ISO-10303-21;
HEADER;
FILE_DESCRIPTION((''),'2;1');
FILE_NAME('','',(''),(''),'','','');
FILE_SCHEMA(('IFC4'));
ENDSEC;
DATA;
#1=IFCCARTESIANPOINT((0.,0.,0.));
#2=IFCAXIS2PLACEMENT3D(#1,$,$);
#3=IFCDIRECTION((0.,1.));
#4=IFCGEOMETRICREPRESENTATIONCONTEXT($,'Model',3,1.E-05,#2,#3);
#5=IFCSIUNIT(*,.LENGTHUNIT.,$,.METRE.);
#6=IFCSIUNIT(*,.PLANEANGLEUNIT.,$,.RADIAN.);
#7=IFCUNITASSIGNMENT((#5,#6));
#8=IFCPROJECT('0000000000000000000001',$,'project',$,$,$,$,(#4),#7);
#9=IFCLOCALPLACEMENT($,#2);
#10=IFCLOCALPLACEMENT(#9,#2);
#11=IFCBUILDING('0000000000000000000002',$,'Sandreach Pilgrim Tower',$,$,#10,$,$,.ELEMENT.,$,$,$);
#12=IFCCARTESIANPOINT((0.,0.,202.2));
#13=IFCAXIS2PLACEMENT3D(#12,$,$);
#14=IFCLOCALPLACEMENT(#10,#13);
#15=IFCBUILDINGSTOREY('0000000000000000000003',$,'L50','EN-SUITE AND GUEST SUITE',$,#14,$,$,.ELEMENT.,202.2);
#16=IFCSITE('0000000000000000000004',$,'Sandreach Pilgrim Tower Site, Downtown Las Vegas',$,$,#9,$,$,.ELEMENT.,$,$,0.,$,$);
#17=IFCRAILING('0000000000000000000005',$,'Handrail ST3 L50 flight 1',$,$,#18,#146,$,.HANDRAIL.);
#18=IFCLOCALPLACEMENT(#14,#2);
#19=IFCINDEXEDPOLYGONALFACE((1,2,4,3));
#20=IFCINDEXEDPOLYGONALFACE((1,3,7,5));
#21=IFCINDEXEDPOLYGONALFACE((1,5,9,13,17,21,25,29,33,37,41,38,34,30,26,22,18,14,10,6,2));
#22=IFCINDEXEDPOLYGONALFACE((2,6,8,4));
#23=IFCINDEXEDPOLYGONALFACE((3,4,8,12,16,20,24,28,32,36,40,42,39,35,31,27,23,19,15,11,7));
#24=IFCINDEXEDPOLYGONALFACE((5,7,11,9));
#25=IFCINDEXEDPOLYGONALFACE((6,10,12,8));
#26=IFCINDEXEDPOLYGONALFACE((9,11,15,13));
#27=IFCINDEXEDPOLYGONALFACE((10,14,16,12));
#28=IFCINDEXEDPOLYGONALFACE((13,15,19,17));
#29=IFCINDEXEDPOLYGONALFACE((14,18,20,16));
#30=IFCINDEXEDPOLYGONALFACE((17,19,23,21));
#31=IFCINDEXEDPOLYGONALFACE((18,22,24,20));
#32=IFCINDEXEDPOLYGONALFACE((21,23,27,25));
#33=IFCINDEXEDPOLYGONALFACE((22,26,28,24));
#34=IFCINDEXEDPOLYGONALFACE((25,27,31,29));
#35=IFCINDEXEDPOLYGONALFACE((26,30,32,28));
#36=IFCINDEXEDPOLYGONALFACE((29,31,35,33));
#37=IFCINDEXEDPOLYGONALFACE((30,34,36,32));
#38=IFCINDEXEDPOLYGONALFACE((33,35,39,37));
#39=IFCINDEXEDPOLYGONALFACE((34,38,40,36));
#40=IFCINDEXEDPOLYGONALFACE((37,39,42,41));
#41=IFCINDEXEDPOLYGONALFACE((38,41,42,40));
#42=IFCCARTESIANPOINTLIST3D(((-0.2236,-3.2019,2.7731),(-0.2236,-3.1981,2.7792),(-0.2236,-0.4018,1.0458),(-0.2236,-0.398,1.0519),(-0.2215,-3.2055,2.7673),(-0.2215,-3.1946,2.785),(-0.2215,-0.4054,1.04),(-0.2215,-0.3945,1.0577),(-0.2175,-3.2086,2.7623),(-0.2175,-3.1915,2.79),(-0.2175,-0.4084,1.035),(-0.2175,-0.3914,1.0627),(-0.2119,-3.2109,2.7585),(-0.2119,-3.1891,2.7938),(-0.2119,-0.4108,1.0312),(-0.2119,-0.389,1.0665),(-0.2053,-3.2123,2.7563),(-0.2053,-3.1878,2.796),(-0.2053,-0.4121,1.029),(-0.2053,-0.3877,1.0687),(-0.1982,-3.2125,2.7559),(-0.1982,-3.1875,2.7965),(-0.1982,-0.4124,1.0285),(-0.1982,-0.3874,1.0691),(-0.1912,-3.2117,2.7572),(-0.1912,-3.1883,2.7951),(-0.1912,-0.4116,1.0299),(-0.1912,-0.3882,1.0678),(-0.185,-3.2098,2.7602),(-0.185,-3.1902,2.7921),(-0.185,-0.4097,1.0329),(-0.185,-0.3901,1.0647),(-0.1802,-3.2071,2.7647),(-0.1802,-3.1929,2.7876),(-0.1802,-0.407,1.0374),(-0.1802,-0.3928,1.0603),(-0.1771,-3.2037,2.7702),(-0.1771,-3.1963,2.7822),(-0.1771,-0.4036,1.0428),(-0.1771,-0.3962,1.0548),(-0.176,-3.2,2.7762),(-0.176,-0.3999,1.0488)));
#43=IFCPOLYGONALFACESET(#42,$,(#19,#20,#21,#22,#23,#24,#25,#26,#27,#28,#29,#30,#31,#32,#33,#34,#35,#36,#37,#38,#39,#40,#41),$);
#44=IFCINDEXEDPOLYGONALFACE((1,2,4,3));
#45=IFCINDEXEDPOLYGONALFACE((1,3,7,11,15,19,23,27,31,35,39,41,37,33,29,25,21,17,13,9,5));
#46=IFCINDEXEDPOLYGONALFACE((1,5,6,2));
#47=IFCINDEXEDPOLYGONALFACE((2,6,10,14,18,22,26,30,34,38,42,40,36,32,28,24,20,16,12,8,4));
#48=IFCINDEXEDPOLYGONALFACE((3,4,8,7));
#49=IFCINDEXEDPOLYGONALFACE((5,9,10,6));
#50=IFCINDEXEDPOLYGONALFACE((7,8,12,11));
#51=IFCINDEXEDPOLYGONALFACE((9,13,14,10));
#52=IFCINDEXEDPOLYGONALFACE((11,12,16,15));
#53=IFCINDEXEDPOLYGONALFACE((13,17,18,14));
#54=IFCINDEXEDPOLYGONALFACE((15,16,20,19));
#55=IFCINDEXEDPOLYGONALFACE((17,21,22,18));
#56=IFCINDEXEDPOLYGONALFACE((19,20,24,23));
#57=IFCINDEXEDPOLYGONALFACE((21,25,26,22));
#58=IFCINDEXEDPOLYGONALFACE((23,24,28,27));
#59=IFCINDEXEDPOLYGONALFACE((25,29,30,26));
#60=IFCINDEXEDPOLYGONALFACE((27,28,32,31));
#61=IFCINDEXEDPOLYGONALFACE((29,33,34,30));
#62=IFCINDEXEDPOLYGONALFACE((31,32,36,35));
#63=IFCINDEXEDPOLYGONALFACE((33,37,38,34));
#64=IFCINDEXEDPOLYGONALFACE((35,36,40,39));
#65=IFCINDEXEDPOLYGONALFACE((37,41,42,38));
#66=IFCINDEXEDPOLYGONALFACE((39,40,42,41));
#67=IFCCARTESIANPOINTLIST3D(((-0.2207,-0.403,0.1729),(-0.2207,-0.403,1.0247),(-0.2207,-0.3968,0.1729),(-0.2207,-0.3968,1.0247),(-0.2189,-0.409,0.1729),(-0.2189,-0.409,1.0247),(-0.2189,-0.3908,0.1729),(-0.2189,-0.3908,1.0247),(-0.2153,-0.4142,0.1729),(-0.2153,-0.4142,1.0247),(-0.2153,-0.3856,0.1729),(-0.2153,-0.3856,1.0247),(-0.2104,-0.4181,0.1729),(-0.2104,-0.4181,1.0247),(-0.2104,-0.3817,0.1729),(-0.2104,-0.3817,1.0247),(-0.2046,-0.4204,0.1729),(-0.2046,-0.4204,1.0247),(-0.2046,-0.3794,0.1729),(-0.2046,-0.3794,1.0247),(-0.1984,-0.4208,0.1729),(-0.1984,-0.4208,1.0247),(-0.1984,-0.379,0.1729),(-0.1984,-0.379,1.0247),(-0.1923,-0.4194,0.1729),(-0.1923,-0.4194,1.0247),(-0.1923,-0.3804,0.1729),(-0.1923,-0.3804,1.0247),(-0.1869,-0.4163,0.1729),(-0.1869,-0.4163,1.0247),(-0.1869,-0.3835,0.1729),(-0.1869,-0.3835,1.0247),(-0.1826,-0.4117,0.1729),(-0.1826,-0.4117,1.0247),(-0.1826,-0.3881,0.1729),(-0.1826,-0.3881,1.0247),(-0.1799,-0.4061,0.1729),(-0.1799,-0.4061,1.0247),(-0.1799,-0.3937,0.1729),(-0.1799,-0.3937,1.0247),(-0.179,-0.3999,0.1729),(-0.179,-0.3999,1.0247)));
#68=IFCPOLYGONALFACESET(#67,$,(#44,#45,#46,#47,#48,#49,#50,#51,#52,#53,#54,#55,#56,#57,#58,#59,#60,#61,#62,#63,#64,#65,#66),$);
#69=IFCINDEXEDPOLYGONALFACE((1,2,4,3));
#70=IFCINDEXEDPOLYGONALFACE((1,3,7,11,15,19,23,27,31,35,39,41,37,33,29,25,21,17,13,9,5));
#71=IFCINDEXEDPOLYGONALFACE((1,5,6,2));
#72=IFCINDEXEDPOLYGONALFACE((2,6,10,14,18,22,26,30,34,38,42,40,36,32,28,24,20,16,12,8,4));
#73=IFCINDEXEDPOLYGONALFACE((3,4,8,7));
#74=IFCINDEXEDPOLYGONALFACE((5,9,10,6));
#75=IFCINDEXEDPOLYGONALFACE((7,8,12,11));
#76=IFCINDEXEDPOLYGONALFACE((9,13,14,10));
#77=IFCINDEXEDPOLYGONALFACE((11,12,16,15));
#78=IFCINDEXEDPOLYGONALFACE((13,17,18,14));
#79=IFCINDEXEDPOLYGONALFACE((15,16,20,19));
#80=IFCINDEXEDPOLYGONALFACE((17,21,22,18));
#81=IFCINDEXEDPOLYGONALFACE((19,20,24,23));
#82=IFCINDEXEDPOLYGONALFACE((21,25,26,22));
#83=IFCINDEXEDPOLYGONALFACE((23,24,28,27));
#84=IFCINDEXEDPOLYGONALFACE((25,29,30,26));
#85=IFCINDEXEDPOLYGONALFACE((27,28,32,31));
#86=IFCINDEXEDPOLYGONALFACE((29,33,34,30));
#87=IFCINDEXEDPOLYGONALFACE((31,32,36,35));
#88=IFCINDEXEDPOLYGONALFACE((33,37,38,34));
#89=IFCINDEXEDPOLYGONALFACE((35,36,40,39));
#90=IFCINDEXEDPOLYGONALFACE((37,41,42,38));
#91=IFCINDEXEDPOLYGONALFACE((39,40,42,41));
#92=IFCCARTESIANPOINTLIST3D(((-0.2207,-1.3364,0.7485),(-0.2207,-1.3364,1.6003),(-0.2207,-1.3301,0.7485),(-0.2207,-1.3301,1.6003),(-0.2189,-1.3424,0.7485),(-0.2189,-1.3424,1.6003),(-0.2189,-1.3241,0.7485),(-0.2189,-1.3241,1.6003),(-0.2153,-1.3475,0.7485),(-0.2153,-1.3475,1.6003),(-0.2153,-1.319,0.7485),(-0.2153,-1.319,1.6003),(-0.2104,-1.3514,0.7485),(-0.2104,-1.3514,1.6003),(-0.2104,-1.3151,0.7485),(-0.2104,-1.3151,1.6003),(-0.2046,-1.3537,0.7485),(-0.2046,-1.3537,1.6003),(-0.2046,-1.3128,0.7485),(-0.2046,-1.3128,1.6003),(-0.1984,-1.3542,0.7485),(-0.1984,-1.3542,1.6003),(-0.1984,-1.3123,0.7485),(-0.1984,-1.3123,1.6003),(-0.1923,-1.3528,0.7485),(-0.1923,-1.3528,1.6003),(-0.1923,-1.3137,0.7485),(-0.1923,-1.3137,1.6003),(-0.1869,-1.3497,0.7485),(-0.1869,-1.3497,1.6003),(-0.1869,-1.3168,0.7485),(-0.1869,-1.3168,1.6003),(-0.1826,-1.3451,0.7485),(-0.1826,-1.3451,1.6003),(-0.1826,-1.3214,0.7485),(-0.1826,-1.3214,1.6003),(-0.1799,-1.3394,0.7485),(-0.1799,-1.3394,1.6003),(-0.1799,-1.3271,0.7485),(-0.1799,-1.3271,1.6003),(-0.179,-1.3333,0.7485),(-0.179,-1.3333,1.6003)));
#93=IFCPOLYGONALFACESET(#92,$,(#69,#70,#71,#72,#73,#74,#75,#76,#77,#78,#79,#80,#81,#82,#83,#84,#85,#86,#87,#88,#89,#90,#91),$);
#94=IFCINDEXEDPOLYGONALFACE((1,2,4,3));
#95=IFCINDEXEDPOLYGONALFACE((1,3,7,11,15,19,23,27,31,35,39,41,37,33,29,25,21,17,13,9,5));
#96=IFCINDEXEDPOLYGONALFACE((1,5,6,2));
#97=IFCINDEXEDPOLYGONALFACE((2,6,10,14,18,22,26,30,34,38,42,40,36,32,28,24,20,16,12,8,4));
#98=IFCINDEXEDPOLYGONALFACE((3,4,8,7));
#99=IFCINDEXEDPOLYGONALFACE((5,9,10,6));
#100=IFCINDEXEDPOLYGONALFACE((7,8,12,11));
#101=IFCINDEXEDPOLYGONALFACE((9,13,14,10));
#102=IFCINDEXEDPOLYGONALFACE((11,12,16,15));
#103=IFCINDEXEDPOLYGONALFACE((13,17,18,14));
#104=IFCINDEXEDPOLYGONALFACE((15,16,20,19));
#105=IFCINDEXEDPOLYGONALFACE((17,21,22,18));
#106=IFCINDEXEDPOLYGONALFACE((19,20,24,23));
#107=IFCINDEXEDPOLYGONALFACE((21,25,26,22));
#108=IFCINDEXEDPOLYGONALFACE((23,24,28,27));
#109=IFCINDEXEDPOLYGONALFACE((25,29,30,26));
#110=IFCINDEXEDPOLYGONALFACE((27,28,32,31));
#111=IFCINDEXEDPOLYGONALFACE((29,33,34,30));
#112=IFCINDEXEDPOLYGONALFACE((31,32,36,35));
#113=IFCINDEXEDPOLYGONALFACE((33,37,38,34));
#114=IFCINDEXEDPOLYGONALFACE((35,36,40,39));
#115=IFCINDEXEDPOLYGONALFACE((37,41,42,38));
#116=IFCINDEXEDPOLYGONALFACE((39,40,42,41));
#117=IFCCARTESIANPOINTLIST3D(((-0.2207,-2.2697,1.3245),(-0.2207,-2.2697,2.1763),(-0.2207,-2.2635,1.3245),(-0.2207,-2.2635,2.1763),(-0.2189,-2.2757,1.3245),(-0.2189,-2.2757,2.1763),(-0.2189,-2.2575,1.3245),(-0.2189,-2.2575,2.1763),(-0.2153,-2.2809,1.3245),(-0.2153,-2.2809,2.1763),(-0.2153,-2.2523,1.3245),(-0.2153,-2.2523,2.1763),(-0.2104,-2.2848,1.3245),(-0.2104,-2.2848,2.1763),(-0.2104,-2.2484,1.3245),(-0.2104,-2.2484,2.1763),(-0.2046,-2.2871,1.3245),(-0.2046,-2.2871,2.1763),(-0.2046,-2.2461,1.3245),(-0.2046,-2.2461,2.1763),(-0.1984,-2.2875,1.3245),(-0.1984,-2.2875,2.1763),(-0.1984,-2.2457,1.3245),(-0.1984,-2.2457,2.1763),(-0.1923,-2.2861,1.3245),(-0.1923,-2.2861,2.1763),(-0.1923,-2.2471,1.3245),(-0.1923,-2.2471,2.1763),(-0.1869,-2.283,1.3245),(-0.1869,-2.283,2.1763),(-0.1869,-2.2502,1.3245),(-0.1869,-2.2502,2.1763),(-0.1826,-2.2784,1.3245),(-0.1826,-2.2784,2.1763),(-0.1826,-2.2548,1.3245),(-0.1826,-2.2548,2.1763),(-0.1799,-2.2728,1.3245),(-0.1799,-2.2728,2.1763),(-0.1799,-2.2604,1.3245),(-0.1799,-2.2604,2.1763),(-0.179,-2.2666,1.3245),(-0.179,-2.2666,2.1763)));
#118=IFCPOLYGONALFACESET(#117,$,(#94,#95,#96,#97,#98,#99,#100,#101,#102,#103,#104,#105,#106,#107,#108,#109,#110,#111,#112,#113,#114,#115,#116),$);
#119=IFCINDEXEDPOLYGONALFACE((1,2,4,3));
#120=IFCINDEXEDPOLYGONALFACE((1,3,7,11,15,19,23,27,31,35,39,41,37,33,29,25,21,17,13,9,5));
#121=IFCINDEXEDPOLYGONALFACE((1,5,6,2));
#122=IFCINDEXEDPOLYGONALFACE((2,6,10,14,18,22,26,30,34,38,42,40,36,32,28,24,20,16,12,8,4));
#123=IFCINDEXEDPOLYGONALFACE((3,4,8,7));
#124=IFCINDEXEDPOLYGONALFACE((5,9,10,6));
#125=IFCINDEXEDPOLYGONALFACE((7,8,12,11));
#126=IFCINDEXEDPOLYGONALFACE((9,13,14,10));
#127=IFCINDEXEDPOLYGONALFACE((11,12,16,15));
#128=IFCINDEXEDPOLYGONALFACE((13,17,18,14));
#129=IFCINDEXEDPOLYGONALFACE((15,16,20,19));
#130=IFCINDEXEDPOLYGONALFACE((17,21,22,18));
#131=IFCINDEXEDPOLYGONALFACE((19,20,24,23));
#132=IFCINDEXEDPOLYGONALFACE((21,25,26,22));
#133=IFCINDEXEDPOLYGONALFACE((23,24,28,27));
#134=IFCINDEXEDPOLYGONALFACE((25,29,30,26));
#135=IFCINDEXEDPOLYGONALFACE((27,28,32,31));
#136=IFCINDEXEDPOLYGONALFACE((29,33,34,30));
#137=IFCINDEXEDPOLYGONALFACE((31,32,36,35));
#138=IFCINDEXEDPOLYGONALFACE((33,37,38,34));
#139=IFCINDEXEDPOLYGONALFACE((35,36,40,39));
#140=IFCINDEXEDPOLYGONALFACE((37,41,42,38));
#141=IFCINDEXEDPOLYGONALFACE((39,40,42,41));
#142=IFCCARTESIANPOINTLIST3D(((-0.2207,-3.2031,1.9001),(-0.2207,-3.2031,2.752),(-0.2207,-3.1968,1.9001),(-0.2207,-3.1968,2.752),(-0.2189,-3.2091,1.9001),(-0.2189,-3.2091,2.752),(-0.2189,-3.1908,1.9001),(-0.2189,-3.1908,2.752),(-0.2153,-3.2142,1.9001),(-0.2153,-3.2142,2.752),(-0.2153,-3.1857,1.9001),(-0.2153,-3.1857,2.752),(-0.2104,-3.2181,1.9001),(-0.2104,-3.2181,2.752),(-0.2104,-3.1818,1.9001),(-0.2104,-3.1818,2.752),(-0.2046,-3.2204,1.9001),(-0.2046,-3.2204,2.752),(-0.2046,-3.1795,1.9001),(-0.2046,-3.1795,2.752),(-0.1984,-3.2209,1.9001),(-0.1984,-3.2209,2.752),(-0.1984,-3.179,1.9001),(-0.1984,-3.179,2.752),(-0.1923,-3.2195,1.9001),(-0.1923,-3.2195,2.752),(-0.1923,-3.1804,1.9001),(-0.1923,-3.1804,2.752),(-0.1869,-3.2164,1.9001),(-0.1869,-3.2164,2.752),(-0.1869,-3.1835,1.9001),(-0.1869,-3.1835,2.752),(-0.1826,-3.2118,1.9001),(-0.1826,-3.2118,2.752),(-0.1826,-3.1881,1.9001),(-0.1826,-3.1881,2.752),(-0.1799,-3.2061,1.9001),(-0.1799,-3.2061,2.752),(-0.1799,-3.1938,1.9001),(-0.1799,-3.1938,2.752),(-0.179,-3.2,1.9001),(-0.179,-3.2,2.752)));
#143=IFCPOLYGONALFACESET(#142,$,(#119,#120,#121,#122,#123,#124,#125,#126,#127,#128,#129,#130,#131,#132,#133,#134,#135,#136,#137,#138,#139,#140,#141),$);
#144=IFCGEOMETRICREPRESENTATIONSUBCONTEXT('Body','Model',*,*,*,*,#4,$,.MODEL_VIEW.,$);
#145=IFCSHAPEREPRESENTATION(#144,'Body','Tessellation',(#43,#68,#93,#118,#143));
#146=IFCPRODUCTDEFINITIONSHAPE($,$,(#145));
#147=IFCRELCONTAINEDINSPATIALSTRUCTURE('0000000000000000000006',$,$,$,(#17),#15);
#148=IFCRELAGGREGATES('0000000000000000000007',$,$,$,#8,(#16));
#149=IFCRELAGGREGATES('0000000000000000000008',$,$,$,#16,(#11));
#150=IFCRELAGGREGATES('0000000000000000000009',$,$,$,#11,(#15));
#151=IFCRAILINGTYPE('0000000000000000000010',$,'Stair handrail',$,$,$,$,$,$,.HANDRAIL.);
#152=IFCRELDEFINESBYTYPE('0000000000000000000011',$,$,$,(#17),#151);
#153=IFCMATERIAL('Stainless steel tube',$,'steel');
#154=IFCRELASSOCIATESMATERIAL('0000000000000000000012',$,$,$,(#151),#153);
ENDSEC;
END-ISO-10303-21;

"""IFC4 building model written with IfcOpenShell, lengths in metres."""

from ifc_helpers import new_model, si_unit, direction, frame, origin, origin_2d, place, context, subcontext, project, spatial, circle, extrude, material, type_object, element, save


model = new_model("IFC4")

# Units and contexts
model_context = context("Model", 3, precision=1e-05, world=origin(), true_north=direction((0.0, 1.0)))
body_context = subcontext(model_context, "Body", "Model", "MODEL_VIEW")
ifc_project = project(units=[si_unit("LENGTHUNIT", "METRE"), si_unit("PLANEANGLEUNIT", "RADIAN")], contexts=[model_context])

# Site, building, storey
site_placement = place(None, origin())
site = spatial("IfcSite", under=ifc_project, at=site_placement, Name="Sandreach Pilgrim Tower Site, Downtown Las Vegas", CompositionType="ELEMENT", RefElevation=0.0)
building_placement = place(site_placement, origin())
building = spatial("IfcBuilding", under=site, at=building_placement, Name="Sandreach Pilgrim Tower", CompositionType="ELEMENT")
storey_placement = place(building_placement, frame((0.0, 0.0, 202.2)))
storey = spatial("IfcBuildingStorey", under=building, at=storey_placement, Name="L50", Description="EN-SUITE AND GUEST SUITE", CompositionType="ELEMENT", Elevation=202.2)

# Railing
ifc_material_1 = material(Name="Stainless steel tube", Category="steel")
railing_type = type_object("IfcRailingType", Name="Stair handrail", PredefinedType="HANDRAIL", material=ifc_material_1)
for number, where, name in (
    (1, (-0.2, -0.3999, 0.1729), "Handrail ST3 L50 flight 1"),
):
    element("IfcRailing", number, at=place(storey_placement, frame(where)), inside=storey, type_object=railing_type, Name=name, PredefinedType="HANDRAIL", context=body_context, shape_type="SweptSolid", body=[
        extrude(circle(Radius=0.0239, at=origin_2d()), frame((0.0, 0.0, 0.876), z_axis=(0.0, -0.85109, 0.52502), x_axis=(1.0, 0.0, 0.0)), (0.0, 0.0, 1.0), 3.29),
        extrude(circle(Radius=0.021, at=origin_2d()), origin(), (0.0, 0.0, 1.0), 0.8518),
        extrude(circle(Radius=0.021, at=origin_2d()), frame((0.0, -0.9333, 0.5757)), (0.0, 0.0, 1.0), 0.8518),
        extrude(circle(Radius=0.021, at=origin_2d()), frame((0.0, -1.8667, 1.1516)), (0.0, 0.0, 1.0), 0.8518),
        extrude(circle(Radius=0.021, at=origin_2d()), frame((0.0, -2.8, 1.7273)), (0.0, 0.0, 1.0), 0.8518),
    ])

save(model, "model.ifc")
